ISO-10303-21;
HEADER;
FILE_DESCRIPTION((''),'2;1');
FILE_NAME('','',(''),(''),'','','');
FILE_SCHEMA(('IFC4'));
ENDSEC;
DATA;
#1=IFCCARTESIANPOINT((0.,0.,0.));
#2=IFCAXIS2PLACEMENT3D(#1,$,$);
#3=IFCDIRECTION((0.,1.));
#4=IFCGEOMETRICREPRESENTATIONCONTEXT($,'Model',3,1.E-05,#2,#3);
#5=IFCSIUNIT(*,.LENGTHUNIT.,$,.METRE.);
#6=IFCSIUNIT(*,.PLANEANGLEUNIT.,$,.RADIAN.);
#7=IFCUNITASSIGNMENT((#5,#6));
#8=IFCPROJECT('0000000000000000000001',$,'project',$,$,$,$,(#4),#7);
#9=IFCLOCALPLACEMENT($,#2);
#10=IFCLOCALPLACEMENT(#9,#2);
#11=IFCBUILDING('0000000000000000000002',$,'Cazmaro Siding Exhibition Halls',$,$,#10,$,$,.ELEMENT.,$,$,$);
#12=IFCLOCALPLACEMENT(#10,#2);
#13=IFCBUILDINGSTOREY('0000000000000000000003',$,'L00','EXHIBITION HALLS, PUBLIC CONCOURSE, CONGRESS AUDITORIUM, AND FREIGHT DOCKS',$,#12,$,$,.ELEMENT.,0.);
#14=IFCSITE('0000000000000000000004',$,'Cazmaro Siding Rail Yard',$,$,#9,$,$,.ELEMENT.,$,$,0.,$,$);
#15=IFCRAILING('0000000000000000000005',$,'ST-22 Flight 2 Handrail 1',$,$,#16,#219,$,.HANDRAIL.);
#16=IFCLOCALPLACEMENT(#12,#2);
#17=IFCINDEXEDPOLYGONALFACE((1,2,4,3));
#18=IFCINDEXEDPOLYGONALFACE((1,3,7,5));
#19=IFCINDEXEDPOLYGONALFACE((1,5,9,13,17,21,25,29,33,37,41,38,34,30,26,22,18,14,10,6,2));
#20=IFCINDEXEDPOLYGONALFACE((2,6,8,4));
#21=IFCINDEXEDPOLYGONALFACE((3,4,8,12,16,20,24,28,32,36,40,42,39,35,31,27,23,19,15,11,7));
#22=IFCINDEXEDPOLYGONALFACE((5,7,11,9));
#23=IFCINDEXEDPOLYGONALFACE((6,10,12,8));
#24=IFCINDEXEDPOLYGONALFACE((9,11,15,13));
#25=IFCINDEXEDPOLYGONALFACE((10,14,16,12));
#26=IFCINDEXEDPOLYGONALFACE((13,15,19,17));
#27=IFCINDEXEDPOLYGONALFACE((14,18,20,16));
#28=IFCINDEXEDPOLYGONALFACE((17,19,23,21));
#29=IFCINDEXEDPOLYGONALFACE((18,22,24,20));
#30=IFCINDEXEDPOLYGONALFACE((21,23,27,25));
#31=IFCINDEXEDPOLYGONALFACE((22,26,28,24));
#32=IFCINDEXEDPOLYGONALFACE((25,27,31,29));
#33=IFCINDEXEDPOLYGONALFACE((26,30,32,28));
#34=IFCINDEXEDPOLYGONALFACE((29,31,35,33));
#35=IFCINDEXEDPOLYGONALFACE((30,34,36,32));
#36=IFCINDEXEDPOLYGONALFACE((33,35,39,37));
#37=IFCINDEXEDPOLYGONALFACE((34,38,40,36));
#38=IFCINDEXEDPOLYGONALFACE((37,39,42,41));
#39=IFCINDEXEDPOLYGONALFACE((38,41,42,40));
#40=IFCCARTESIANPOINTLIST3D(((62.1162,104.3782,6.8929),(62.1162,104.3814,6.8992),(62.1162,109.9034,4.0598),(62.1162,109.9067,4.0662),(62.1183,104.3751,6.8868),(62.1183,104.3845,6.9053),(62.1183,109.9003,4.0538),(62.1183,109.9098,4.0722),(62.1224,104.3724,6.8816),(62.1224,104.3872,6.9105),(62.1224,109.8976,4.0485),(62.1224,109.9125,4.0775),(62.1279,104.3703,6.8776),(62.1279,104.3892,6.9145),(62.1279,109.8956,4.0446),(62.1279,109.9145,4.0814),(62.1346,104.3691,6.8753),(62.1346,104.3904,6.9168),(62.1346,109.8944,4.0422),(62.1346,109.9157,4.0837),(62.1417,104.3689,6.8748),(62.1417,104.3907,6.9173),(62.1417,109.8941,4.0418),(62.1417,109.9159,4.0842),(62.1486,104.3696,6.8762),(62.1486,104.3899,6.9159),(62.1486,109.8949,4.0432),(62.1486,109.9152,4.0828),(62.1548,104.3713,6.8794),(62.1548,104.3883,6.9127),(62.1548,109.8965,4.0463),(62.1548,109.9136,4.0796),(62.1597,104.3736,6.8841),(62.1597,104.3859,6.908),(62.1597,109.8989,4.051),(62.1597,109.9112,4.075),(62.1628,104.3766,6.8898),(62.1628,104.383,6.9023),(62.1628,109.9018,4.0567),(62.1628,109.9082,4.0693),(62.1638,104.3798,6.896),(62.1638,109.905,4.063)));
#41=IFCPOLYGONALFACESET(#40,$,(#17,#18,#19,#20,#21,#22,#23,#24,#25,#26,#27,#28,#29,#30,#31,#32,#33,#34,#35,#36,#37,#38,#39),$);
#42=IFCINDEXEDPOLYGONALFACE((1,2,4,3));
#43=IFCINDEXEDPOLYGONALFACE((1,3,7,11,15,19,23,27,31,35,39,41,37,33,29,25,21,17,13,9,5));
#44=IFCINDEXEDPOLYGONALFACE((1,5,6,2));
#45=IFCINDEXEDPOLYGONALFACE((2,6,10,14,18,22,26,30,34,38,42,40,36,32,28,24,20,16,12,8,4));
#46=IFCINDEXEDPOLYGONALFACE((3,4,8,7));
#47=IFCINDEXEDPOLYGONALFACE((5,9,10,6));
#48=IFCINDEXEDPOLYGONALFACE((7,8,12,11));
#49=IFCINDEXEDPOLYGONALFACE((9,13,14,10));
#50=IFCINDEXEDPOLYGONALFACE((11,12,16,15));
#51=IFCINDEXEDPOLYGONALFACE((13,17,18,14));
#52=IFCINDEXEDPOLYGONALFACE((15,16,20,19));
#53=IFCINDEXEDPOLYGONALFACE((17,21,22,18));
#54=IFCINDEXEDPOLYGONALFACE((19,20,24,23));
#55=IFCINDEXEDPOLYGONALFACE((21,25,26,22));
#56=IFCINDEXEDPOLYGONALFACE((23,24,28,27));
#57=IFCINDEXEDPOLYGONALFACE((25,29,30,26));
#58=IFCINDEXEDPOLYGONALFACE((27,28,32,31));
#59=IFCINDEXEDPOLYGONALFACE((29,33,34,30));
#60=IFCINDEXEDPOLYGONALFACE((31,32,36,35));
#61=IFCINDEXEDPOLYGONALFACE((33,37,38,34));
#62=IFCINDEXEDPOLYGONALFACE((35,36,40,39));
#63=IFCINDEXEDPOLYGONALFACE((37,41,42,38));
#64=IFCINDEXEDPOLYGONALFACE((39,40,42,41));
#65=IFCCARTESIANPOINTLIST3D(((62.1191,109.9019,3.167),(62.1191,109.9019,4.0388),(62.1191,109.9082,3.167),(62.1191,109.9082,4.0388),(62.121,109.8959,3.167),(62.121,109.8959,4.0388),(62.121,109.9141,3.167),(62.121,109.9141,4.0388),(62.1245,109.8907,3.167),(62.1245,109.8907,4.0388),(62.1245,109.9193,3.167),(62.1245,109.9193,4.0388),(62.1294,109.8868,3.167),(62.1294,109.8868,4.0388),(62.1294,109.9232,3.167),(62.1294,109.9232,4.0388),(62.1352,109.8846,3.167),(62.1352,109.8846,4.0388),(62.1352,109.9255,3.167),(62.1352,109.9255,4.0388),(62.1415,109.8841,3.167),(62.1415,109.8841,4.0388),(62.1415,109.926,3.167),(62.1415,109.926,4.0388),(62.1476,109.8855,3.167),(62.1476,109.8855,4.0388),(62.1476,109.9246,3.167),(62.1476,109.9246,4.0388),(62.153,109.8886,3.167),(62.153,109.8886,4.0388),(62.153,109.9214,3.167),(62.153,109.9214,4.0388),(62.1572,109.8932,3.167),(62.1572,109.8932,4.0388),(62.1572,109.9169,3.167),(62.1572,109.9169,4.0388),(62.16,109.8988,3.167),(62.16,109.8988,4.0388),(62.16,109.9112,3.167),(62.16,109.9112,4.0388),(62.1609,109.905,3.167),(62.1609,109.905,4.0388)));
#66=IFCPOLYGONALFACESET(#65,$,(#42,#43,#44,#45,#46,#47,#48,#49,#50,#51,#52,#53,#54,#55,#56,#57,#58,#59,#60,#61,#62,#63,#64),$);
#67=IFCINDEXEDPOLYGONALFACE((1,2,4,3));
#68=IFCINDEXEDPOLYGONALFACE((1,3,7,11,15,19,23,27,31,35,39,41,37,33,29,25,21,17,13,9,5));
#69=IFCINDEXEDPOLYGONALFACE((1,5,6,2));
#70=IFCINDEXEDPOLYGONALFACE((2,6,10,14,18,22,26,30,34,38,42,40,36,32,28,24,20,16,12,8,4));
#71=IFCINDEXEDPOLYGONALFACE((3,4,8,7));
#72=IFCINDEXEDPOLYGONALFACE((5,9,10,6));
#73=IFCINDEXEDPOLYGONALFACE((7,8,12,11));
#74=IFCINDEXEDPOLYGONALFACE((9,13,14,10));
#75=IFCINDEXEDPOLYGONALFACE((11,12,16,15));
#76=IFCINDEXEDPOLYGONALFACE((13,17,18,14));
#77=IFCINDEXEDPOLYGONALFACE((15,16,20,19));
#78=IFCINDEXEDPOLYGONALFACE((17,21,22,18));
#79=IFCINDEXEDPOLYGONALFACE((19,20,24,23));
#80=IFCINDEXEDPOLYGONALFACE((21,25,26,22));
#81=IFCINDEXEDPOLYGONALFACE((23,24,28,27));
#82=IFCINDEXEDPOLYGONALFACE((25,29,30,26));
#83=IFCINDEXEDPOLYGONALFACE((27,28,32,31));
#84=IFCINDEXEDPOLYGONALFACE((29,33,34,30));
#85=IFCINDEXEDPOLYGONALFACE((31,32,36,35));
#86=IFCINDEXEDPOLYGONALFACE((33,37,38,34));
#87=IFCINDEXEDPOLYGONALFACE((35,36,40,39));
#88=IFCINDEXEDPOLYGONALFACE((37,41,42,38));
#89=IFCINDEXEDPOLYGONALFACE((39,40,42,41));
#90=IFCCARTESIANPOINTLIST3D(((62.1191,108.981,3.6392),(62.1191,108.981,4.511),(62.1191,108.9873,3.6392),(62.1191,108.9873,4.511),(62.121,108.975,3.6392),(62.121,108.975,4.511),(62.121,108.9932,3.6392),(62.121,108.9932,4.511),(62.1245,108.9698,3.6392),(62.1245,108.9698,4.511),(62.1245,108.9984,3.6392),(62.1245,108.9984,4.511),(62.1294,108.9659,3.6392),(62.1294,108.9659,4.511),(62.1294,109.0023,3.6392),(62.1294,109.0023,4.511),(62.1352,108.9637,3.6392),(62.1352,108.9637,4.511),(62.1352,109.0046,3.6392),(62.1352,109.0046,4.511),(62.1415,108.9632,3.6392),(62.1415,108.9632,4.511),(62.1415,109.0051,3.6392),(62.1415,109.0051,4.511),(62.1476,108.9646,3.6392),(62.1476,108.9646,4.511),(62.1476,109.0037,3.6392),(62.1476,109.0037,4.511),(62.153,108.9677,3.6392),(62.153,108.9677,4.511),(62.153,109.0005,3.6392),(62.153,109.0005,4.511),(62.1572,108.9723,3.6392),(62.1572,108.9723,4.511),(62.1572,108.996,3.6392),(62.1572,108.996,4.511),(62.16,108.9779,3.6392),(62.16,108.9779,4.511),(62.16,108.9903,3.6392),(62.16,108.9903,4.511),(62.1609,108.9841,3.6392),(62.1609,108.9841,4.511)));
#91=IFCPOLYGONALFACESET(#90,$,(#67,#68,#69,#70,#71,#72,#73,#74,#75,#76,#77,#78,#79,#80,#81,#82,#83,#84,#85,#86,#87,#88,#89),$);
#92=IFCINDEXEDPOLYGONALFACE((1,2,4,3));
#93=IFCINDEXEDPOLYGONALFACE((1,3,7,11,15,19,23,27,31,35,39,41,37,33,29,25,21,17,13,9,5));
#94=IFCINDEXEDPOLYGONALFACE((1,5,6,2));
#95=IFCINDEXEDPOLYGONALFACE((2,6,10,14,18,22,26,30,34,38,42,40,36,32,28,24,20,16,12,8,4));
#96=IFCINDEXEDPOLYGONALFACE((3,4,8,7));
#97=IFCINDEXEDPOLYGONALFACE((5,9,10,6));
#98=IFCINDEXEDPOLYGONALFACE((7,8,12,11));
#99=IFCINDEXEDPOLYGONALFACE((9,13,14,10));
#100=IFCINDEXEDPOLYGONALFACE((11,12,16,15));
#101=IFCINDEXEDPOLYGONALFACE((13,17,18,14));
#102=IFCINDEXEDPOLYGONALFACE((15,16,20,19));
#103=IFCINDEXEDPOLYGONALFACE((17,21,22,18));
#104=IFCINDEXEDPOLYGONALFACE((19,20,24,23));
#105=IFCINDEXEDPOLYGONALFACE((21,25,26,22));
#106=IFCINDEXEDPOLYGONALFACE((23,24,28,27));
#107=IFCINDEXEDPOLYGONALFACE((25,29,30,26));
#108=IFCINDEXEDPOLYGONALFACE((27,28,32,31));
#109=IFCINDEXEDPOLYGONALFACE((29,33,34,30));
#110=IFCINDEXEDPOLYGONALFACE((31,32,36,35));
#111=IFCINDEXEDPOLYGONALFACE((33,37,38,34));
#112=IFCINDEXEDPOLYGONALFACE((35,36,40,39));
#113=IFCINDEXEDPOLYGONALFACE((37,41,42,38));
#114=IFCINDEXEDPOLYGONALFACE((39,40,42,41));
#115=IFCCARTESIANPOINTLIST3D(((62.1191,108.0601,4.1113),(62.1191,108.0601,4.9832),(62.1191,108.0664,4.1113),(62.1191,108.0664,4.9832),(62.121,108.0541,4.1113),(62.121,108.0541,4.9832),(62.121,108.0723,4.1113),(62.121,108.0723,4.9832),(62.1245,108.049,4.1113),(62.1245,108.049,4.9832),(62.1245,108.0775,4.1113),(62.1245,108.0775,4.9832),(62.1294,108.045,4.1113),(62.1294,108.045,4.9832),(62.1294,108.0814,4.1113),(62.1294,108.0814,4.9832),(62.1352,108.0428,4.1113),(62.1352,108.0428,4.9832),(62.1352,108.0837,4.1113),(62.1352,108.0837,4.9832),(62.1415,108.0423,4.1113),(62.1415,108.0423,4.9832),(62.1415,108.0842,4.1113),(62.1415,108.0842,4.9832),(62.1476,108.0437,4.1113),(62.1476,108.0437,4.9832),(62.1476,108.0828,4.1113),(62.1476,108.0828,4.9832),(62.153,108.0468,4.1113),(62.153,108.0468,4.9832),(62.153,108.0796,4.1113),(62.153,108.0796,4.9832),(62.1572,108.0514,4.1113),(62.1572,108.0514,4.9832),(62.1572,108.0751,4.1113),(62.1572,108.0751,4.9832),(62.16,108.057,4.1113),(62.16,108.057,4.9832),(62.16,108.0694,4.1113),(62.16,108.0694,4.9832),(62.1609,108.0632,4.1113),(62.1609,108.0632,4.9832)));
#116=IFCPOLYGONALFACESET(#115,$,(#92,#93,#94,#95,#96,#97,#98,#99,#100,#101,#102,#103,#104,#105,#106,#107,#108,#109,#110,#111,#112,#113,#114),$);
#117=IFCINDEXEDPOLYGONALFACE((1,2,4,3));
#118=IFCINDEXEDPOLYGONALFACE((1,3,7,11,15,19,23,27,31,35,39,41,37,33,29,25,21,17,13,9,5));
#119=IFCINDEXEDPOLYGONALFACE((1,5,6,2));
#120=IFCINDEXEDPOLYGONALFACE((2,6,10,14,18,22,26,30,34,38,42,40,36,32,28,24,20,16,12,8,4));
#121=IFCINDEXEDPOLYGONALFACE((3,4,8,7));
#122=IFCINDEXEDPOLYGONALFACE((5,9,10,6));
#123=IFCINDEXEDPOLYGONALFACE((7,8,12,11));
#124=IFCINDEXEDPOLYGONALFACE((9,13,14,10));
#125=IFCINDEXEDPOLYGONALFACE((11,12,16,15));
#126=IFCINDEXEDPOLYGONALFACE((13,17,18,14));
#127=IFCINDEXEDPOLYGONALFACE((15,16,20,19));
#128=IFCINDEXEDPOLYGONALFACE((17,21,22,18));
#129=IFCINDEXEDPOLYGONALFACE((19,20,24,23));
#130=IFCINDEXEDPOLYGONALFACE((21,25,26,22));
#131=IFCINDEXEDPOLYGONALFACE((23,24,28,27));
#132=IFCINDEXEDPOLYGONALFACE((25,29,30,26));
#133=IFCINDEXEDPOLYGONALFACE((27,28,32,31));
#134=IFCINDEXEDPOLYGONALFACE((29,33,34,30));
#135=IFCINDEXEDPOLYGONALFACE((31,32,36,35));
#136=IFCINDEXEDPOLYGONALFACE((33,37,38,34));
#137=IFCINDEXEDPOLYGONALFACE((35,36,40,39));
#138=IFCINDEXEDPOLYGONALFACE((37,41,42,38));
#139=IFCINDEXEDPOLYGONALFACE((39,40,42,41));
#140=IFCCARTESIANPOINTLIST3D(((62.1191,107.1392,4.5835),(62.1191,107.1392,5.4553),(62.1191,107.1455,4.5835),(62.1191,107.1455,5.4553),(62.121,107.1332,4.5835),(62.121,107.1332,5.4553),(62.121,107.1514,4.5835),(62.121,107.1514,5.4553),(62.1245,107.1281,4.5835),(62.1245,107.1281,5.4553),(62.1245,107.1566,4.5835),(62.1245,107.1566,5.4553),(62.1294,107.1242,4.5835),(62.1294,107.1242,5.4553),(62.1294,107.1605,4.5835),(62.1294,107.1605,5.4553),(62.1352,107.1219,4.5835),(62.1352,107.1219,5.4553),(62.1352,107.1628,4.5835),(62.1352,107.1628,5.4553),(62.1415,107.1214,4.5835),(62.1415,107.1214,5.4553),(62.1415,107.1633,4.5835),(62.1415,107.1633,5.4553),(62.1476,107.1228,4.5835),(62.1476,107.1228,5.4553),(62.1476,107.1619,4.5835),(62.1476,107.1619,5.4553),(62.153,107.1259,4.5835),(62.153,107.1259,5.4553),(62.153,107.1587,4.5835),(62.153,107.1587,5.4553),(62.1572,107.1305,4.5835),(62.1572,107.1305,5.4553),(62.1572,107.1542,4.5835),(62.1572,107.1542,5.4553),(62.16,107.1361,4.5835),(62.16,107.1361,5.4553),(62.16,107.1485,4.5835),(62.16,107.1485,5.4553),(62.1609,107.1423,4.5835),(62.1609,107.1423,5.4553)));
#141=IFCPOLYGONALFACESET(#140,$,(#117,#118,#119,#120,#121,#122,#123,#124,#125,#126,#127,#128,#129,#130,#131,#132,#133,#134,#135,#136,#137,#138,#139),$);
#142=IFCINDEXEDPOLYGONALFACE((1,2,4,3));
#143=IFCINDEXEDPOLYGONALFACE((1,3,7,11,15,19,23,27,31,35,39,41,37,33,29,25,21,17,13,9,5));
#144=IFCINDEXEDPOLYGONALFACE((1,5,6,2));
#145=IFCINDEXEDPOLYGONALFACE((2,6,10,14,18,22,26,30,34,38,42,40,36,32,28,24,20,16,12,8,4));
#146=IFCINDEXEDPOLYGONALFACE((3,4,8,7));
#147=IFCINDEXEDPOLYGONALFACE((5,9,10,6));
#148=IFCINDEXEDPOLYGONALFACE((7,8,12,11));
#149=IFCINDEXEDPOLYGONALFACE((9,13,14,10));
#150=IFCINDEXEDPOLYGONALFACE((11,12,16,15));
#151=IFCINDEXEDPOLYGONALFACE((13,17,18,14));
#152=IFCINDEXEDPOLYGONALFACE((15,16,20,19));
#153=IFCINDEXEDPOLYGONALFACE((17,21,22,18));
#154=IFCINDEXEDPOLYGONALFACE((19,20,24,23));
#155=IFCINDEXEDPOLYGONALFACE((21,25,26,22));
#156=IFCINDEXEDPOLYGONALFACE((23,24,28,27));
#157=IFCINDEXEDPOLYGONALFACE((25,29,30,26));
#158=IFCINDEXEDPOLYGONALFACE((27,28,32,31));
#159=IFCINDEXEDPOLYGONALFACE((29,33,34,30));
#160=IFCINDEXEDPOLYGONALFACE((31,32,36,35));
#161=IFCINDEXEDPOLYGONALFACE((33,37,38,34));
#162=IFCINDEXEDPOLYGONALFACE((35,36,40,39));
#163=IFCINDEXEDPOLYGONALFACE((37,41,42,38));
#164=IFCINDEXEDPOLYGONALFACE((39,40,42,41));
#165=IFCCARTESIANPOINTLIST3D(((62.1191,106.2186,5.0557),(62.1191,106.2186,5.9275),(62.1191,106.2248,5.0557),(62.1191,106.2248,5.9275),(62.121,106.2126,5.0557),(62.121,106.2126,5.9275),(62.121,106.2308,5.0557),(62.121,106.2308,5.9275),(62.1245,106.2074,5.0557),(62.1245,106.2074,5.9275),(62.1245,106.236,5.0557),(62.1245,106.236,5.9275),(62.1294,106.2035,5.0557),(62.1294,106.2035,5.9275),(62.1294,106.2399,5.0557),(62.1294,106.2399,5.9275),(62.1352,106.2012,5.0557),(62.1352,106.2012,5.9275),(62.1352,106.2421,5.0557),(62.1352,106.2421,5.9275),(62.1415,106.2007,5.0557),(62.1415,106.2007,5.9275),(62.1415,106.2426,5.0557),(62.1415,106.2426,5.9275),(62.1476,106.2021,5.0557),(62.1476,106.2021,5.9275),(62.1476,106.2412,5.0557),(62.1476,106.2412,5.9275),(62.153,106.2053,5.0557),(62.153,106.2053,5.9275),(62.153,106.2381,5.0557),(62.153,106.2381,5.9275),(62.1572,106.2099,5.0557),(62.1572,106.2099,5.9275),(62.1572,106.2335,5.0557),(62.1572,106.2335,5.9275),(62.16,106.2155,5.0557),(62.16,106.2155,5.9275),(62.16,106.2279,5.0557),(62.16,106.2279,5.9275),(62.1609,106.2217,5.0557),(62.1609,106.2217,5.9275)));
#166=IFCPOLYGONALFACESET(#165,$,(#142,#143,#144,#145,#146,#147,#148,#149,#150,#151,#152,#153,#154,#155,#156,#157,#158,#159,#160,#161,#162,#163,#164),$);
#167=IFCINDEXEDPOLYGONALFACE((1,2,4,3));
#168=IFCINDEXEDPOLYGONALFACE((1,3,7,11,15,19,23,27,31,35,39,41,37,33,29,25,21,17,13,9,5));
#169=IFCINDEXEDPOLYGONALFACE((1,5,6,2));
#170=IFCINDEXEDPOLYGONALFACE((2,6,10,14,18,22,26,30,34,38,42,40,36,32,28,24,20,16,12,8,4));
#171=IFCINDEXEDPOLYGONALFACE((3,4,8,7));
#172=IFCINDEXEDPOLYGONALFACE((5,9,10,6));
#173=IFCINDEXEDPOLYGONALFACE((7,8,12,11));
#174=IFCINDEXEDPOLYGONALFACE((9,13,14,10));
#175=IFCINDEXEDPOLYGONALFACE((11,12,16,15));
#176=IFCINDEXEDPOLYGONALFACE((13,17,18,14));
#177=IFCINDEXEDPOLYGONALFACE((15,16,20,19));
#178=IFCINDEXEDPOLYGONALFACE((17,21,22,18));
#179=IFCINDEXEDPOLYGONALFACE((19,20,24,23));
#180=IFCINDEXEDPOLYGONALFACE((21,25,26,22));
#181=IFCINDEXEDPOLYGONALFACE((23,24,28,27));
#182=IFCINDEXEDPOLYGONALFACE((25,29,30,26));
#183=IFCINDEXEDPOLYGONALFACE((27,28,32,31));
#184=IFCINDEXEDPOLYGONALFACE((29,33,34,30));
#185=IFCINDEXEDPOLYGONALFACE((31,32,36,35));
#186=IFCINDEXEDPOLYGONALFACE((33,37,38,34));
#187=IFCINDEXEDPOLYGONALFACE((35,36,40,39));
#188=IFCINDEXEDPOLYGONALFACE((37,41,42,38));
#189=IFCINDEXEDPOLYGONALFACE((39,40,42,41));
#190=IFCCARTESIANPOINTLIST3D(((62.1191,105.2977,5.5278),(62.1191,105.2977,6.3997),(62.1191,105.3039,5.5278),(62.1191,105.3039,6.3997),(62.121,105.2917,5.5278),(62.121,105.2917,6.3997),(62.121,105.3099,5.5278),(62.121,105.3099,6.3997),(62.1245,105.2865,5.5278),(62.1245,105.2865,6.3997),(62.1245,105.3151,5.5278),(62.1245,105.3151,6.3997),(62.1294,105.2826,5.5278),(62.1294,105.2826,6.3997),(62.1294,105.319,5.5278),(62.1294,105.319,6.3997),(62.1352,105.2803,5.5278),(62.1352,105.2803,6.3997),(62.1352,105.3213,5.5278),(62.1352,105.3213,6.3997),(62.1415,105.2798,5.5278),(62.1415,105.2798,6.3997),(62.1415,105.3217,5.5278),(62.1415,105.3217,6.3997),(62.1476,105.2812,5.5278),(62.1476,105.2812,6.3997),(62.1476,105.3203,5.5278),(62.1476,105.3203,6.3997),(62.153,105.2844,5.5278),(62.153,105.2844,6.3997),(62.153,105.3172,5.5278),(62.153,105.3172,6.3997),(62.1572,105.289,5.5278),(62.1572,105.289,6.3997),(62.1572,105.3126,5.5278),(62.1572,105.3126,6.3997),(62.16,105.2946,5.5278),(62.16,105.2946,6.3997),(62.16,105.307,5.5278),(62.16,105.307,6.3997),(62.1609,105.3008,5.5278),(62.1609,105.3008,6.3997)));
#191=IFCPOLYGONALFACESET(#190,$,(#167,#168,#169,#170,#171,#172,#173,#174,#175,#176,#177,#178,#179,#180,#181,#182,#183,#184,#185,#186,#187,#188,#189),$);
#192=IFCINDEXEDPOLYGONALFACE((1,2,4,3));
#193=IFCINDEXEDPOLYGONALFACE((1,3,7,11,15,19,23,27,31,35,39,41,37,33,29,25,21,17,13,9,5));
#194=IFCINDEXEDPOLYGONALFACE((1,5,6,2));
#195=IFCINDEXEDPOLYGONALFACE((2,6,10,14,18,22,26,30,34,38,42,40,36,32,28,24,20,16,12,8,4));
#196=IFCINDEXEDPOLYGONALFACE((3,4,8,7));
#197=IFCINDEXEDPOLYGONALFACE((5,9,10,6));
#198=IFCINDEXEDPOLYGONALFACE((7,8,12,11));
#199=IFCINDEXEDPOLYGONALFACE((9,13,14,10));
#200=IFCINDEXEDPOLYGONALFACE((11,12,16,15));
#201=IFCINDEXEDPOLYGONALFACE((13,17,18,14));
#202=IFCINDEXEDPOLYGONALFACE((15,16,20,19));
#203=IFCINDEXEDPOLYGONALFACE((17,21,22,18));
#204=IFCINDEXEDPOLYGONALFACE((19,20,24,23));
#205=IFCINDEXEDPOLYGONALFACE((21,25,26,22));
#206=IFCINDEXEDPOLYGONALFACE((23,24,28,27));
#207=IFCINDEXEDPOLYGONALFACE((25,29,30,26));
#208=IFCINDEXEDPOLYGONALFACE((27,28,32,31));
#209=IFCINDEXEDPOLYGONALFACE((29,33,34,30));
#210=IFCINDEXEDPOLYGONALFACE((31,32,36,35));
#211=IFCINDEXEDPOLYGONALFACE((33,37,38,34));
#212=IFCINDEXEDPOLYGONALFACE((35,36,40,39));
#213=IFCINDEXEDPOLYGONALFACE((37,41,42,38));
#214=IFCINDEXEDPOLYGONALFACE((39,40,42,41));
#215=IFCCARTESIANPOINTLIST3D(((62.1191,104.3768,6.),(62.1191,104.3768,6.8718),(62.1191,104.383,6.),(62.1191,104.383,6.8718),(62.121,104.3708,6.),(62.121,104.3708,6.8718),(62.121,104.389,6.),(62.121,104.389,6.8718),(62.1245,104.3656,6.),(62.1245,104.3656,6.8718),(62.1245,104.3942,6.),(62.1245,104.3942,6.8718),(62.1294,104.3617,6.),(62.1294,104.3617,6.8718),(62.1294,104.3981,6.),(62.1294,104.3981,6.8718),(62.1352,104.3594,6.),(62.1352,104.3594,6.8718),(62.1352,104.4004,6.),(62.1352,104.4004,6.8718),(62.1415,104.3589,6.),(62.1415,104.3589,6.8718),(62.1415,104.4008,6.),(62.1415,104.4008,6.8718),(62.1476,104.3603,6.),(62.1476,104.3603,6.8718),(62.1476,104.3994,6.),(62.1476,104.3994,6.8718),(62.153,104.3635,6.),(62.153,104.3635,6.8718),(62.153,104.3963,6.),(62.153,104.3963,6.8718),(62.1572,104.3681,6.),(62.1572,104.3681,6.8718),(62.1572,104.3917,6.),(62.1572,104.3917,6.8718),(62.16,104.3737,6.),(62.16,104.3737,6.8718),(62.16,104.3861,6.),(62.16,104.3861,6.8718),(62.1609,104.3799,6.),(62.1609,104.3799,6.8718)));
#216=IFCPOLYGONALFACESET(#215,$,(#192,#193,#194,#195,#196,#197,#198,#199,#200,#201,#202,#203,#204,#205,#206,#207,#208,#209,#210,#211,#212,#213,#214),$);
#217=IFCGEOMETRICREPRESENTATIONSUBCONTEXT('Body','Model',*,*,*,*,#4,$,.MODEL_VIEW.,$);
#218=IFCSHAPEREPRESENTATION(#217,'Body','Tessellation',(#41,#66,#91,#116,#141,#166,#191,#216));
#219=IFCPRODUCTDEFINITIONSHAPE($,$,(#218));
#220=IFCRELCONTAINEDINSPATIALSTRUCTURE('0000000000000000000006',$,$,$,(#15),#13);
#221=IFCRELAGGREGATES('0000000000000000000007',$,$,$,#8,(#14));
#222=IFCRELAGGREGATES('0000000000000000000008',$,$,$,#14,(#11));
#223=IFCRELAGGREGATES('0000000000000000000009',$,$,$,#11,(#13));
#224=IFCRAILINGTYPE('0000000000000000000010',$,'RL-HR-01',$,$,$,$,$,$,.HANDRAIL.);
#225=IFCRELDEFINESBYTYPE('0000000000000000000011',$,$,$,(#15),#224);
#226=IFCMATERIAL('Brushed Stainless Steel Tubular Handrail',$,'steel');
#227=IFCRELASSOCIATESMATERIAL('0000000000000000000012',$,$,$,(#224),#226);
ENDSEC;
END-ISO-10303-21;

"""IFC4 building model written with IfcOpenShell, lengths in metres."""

from ifc_helpers import new_model, si_unit, direction, frame, origin, origin_2d, place, context, subcontext, project, spatial, circle, extrude, material, type_object, element, save


model = new_model("IFC4")

# Units and contexts
model_context = context("Model", 3, precision=1e-05, world=origin(), true_north=direction((0.0, 1.0)))
body_context = subcontext(model_context, "Body", "Model", "MODEL_VIEW")
ifc_project = project(units=[si_unit("LENGTHUNIT", "METRE"), si_unit("PLANEANGLEUNIT", "RADIAN")], contexts=[model_context])

# Site, building, storey
site_placement = place(None, origin())
site = spatial("IfcSite", under=ifc_project, at=site_placement, Name="Cazmaro Siding Rail Yard", CompositionType="ELEMENT", RefElevation=0.0)
building_placement = place(site_placement, origin())
building = spatial("IfcBuilding", under=site, at=building_placement, Name="Cazmaro Siding Exhibition Halls", CompositionType="ELEMENT")
storey_placement = place(building_placement, origin())
storey = spatial("IfcBuildingStorey", under=building, at=storey_placement, Name="L00", Description="EXHIBITION HALLS, PUBLIC CONCOURSE, CONGRESS AUDITORIUM, AND FREIGHT DOCKS", CompositionType="ELEMENT", Elevation=0.0)

# Railing
ifc_material_1 = material(Name="Brushed Stainless Steel Tubular Handrail", Category="steel")
railing_type_1 = type_object("IfcRailingType", Name="RL-HR-01", PredefinedType="HANDRAIL", material=ifc_material_1)
railing_1_placement = place(storey_placement, frame((62.1399, 109.905, 3.167)))
element("IfcRailing", 1, at=railing_1_placement, inside=storey, type_object=railing_type_1, Name="ST-22 Flight 2 Handrail 1", PredefinedType="HANDRAIL", context=body_context, shape_type="SweptSolid", body=[
    extrude(circle(Radius=0.0239, at=origin_2d()), frame((0.0, 0.0, 0.896), z_axis=(0.0, -0.889844, 0.456266), x_axis=(1.0, 0.0, 0.0)), (0.0, 0.0, 1.0), 6.2092),
    extrude(circle(Radius=0.021, at=origin_2d()), origin(), (0.0, 0.0, 1.0), 0.8718),
    extrude(circle(Radius=0.021, at=origin_2d()), frame((0.0, -0.9209, 0.4722)), (0.0, 0.0, 1.0), 0.8718),
    extrude(circle(Radius=0.021, at=origin_2d()), frame((0.0, -1.8418, 0.9443)), (0.0, 0.0, 1.0), 0.8718),
    extrude(circle(Radius=0.021, at=origin_2d()), frame((0.0, -2.7627, 1.4165)), (0.0, 0.0, 1.0), 0.8718),
    extrude(circle(Radius=0.021, at=origin_2d()), frame((0.0, -3.6833, 1.8887)), (0.0, 0.0, 1.0), 0.8718),
    extrude(circle(Radius=0.021, at=origin_2d()), frame((0.0, -4.6042, 2.3608)), (0.0, 0.0, 1.0), 0.8718),
    extrude(circle(Radius=0.021, at=origin_2d()), frame((0.0, -5.5251, 2.833)), (0.0, 0.0, 1.0), 0.8718),
])

save(model, "model.ifc")
